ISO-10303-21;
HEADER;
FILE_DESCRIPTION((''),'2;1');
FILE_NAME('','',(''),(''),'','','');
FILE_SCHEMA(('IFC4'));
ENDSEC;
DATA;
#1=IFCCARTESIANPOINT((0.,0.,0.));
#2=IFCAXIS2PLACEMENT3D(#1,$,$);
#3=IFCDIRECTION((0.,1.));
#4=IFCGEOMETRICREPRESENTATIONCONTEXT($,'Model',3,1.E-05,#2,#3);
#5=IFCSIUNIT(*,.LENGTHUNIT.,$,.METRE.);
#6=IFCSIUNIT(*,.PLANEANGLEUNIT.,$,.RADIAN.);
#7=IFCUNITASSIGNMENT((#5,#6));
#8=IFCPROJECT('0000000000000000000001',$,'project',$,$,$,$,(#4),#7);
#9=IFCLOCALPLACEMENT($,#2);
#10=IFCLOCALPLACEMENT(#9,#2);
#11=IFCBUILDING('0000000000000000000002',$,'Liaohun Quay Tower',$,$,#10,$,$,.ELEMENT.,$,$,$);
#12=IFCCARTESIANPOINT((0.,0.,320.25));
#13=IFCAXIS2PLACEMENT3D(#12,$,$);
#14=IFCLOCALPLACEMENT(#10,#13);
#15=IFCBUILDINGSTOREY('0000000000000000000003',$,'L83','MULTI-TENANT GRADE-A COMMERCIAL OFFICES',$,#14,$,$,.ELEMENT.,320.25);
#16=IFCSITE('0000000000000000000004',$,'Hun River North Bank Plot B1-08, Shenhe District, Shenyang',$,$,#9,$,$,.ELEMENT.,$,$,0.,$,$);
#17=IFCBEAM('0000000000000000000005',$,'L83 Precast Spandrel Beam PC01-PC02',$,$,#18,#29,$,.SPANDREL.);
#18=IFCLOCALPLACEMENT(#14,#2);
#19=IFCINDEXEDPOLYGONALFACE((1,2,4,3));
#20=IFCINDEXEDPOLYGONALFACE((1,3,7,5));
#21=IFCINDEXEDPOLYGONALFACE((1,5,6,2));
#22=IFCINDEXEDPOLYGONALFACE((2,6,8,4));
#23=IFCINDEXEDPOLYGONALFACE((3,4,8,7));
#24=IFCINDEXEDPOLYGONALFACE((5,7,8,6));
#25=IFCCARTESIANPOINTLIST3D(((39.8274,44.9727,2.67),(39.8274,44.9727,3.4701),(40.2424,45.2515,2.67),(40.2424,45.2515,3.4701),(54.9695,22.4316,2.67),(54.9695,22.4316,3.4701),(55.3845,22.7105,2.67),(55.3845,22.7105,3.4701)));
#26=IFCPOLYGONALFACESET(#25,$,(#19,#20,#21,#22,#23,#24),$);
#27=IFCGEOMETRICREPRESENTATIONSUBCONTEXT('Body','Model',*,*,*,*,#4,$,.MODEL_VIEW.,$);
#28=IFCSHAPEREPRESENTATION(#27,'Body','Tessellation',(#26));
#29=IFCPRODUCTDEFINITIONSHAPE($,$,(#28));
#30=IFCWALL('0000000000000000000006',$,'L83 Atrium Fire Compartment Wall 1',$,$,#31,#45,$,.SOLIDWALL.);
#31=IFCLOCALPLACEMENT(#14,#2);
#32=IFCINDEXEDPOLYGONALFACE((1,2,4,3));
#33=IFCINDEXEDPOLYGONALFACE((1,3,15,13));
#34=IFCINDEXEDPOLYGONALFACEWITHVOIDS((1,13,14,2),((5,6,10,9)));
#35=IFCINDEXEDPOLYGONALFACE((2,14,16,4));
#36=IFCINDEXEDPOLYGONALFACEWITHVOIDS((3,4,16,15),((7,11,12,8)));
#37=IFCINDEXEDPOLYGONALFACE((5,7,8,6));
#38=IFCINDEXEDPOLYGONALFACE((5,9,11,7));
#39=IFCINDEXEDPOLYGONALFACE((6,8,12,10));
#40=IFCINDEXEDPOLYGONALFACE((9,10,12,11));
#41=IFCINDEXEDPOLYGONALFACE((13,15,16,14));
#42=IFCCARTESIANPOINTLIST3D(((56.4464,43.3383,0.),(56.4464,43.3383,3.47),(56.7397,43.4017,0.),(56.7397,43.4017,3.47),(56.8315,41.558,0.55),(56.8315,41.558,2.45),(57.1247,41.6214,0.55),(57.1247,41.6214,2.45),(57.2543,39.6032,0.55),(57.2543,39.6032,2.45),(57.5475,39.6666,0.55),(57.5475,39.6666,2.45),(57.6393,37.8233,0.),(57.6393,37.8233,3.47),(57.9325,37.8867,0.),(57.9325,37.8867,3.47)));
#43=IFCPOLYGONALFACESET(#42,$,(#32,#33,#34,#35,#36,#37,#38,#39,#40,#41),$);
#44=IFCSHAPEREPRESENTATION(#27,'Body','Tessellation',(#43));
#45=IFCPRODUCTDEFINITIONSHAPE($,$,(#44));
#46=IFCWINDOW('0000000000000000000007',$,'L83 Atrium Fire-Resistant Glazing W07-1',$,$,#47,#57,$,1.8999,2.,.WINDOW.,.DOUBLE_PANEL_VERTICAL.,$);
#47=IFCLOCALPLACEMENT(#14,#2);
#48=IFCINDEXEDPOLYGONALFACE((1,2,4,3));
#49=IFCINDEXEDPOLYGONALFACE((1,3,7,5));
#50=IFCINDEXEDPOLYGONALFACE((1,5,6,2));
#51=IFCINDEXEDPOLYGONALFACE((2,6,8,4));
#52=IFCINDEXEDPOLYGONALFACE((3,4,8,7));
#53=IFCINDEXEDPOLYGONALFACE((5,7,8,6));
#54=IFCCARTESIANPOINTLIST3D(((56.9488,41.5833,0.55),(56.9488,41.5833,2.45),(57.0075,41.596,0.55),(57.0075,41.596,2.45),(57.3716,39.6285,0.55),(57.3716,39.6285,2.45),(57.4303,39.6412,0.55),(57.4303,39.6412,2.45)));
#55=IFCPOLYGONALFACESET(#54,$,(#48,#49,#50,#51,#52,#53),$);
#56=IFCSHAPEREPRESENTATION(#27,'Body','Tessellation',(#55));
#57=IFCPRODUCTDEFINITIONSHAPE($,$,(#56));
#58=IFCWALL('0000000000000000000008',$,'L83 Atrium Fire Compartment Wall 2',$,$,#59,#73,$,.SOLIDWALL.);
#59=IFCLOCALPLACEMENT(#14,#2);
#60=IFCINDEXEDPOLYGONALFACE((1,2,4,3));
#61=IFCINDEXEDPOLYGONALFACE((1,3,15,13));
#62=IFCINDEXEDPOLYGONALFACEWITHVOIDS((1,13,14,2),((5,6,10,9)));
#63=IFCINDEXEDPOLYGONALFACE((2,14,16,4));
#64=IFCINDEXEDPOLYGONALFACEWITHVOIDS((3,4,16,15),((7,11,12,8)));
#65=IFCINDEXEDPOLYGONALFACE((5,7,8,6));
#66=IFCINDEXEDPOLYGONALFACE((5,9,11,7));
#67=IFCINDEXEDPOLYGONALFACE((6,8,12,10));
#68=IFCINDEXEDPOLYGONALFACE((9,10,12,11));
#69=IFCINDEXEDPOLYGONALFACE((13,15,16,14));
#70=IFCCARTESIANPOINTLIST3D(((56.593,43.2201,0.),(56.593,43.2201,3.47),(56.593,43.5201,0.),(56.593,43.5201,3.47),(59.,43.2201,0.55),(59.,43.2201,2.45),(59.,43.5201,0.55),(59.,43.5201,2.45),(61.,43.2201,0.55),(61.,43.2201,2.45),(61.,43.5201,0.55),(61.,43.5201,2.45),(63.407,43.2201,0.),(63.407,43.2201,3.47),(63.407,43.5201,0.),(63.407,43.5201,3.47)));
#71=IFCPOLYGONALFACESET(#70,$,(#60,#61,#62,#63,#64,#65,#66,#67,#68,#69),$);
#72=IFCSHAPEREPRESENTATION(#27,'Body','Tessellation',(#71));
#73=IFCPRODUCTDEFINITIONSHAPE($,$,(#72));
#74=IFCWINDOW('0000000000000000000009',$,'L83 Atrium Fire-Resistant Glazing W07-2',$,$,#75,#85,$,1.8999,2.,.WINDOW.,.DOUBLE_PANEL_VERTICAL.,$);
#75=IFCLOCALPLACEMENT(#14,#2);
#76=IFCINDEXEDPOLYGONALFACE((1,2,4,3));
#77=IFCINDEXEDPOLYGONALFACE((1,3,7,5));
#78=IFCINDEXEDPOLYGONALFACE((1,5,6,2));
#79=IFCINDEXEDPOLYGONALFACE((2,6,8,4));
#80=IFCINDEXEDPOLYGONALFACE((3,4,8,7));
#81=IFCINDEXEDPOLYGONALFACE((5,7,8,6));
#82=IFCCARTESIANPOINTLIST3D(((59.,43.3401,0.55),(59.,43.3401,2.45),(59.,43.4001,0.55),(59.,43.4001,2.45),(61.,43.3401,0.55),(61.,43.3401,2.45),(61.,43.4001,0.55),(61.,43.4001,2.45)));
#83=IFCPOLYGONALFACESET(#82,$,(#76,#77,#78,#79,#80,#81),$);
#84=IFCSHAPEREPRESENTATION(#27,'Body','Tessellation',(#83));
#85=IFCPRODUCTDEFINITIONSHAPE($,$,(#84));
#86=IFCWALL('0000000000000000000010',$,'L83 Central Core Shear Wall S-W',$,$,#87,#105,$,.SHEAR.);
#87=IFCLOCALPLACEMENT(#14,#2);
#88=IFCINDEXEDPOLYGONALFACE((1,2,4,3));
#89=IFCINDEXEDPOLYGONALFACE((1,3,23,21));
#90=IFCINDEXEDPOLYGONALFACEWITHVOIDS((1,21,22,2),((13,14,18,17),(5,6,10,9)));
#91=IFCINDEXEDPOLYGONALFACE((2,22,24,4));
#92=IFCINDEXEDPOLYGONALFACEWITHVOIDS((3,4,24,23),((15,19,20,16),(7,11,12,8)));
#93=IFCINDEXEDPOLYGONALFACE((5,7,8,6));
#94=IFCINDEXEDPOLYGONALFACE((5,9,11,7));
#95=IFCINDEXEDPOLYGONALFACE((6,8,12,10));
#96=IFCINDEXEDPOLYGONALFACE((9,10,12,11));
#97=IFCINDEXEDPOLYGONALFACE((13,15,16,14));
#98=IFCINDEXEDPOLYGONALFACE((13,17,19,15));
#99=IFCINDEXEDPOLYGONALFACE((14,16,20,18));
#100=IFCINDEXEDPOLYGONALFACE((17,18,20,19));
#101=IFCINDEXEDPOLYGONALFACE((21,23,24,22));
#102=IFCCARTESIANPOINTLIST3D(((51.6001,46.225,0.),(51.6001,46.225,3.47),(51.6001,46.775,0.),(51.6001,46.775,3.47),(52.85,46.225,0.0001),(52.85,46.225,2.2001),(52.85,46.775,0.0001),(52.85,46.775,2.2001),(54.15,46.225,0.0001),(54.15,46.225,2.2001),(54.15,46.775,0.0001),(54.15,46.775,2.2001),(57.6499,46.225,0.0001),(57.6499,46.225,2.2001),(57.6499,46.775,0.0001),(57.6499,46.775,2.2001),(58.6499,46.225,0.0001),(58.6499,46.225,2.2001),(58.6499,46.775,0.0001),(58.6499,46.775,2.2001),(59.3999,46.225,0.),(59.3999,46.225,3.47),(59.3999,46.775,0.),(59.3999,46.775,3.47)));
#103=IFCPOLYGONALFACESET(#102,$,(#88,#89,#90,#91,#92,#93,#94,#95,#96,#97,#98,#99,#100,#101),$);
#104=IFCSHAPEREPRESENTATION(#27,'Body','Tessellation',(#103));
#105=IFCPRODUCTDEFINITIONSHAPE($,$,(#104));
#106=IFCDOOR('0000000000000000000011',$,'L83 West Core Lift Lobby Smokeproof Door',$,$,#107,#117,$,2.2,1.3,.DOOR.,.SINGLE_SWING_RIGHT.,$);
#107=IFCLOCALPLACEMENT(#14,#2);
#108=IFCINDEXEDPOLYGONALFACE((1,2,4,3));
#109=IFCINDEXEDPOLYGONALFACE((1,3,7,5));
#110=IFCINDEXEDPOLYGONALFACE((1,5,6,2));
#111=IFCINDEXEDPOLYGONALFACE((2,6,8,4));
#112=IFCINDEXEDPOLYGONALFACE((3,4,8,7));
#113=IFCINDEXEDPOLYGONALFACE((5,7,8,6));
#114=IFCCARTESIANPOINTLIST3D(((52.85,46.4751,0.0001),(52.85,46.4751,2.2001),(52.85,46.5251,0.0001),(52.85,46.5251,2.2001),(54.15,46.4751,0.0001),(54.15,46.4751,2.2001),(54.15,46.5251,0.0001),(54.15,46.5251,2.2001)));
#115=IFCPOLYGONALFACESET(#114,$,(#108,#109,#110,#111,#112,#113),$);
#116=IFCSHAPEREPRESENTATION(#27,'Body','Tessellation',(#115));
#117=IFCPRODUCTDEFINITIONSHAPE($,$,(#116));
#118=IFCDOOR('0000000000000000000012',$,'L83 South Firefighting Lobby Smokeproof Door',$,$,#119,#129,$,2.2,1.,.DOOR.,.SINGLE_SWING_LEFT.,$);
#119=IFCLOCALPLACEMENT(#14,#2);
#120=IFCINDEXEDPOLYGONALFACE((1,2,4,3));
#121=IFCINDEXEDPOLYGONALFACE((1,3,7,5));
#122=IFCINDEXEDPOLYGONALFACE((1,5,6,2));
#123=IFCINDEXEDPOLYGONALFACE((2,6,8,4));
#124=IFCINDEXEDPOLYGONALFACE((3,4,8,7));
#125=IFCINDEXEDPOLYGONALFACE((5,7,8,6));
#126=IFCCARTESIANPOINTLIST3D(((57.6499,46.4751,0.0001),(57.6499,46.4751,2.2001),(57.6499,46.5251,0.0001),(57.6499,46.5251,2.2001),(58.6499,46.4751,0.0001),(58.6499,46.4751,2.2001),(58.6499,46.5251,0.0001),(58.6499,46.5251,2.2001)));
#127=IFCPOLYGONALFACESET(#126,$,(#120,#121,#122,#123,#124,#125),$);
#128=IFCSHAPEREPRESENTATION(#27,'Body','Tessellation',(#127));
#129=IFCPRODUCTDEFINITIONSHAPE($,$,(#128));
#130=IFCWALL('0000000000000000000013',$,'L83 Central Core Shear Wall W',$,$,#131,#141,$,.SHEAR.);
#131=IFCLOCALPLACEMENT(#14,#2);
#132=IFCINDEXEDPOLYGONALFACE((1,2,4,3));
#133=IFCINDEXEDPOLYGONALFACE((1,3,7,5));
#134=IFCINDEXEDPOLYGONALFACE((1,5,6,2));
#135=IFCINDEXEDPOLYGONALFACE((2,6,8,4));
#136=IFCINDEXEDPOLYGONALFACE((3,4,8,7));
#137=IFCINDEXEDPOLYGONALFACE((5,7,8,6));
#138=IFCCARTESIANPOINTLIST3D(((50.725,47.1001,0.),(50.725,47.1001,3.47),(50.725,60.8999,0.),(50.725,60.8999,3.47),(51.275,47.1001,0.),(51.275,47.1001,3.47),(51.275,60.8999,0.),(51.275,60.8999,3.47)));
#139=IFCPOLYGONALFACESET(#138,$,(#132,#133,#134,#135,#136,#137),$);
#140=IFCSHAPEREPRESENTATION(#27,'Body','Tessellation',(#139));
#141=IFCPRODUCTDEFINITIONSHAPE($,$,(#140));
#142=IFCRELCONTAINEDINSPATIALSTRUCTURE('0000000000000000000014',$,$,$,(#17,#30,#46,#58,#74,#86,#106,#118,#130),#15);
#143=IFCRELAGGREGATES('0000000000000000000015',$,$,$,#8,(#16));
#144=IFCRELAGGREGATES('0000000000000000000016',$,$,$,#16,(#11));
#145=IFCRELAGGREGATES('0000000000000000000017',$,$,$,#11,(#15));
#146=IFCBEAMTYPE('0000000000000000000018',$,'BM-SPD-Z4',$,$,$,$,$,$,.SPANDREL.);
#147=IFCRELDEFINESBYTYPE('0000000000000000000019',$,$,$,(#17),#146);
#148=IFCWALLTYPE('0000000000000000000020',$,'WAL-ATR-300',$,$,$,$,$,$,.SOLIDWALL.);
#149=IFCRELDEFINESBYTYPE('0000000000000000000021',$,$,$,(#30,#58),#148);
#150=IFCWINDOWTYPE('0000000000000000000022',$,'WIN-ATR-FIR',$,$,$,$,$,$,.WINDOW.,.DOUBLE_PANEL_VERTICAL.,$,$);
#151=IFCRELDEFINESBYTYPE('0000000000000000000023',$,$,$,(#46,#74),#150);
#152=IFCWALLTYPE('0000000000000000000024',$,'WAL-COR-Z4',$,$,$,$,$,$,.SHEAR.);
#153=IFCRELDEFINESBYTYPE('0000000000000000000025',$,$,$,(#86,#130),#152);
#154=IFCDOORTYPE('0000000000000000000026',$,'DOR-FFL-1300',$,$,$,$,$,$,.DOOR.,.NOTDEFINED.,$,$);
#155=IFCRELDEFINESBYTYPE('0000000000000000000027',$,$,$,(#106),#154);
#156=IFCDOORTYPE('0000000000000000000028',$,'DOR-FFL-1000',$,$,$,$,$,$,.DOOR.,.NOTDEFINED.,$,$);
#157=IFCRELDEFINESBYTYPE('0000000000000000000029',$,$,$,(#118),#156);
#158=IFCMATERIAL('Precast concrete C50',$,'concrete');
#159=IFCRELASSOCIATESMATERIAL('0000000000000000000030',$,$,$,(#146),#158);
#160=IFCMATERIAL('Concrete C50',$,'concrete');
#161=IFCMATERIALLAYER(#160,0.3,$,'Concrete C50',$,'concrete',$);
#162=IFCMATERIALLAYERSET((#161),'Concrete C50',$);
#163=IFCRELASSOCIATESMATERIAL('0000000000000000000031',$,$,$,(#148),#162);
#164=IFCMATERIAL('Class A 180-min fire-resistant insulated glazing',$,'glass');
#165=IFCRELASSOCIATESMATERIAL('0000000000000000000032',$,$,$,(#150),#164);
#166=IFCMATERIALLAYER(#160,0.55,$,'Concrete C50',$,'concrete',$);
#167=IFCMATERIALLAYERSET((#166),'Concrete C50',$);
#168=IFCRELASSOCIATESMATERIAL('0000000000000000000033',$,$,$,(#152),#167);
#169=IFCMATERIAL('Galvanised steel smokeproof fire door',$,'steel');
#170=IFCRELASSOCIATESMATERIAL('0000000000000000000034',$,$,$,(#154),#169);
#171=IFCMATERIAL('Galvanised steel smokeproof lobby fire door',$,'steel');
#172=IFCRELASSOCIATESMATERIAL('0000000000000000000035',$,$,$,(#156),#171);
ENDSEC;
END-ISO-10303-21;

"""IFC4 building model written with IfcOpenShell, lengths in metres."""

from ifc_helpers import new_model, si_unit, direction, frame, frame_2d, origin, origin_2d, place, context, subcontext, project, spatial, rectangle, extrude, source, transform, mapped, material, layer, layer_set, material_profile, profile_set, type_object, element, fill, save


model = new_model("IFC4")

# Units and contexts
model_context = context("Model", 3, precision=1e-05, world=origin(), true_north=direction((0.0, 1.0)))
body_context = subcontext(model_context, "Body", "Model", "MODEL_VIEW")
ifc_project = project(units=[si_unit("LENGTHUNIT", "METRE"), si_unit("PLANEANGLEUNIT", "RADIAN")], contexts=[model_context])

# Site, building, storey
site_placement = place(None, origin())
site = spatial("IfcSite", under=ifc_project, at=site_placement, Name="Hun River North Bank Plot B1-08, Shenhe District, Shenyang", CompositionType="ELEMENT", RefElevation=0.0)
building_placement = place(site_placement, origin())
building = spatial("IfcBuilding", under=site, at=building_placement, Name="Liaohun Quay Tower", CompositionType="ELEMENT")
storey_placement = place(building_placement, frame((0.0, 0.0, 320.25)))
storey = spatial("IfcBuildingStorey", under=building, at=storey_placement, Name="L83", Description="MULTI-TENANT GRADE-A COMMERCIAL OFFICES", CompositionType="ELEMENT", Elevation=320.25)

# Shared definitions
ifc_material_1 = material(Name="Concrete C50", Category="concrete")

# Beam
ifc_material_2 = material(Name="Precast concrete C50", Category="concrete")
ifc_material_profile_1 = material_profile(ifc_material_2, rectangle(XDim=0.5, YDim=0.8, at=origin_2d()), Name="RC500x800")
ifc_profile_set_1 = profile_set([ifc_material_profile_1], Name="Precast concrete C50")
beam_type_1 = type_object("IfcBeamType", Name="BM-SPD-Z4", PredefinedType="SPANDREL", material=ifc_profile_set_1)
shared_shape_1 = source(origin(), body_context, "Body", "SweptSolid", [
    extrude(rectangle(XDim=0.5, YDim=0.8, at=origin_2d()), origin(), (0.0, 0.0, 1.0), 27.1548),
])
beam_1_placement = place(storey_placement, frame((55.177, 22.571, 3.0701), z_axis=(-0.557622, 0.830095, 0.0), x_axis=(-0.830095, -0.557622, 0.0)))
element("IfcBeam", 1, at=beam_1_placement, inside=storey, type_object=beam_type_1, Name="L83 Precast Spandrel Beam PC01-PC02", PredefinedType="SPANDREL", context=body_context, shape_type="MappedRepresentation", body=[
    mapped(shared_shape_1, transform((0.0, 0.0, 0.0), x_axis=(1.0, 0.0, 0.0), y_axis=(0.0, 1.0, 0.0), z_axis=(0.0, 0.0, 1.0), scale=1.0)),
])

# Walls, openings, windows
ifc_layer_1 = layer(ifc_material_1, 0.3, Name="Concrete C50", Category="concrete")
ifc_layer_set_1 = layer_set([ifc_layer_1], Name="Concrete C50")
wall_type_1 = type_object("IfcWallType", Name="WAL-ATR-300", PredefinedType="SOLIDWALL", material=ifc_layer_set_1)
wall_1_placement = place(storey_placement, frame((57.7859, 37.855, 0.0), z_axis=(0.0, 0.0, 1.0), x_axis=(-0.211402, 0.977399, 0.0)))
wall_1 = element("IfcWall", 2, at=wall_1_placement, inside=storey, type_object=wall_type_1, Name="L83 Atrium Fire Compartment Wall 1", PredefinedType="SOLIDWALL", context=body_context, shape_type="SweptSolid", body=[
    extrude(rectangle(XDim=5.6426, YDim=0.3, at=frame_2d((2.8213, 0.0))), origin(), (0.0, 0.0, 1.0), 3.47),
])
shared_shape_2 = source(origin(), body_context, "Body", "SweptSolid", [
    extrude(rectangle(XDim=2.0, YDim=1.8999, at=frame_2d((1.0, 0.95))), frame((0.0, 0.1599, 0.0), z_axis=(0.0, -1.0, 0.0), x_axis=(1.0, 0.0, 0.0)), (0.0, 0.0, 1.0), 0.3201),
])
opening_1_placement = place(wall_1_placement, frame((1.821, 0.0, 0.55)))
opening_1 = element("IfcOpeningElement", 3, at=opening_1_placement, cuts=wall_1, PredefinedType="OPENING", context=body_context, shape_type="MappedRepresentation", body=[
    mapped(shared_shape_2, transform((0.0, 0.0, 0.0), x_axis=(1.0, 0.0, 0.0), y_axis=(0.0, 1.0, 0.0), z_axis=(0.0, 0.0, 1.0), scale=1.0)),
])
ifc_material_3 = material(Name="Class A 180-min fire-resistant insulated glazing", Category="glass")
window_type_1 = type_object("IfcWindowType", Name="WIN-ATR-FIR", PartitioningType="DOUBLE_PANEL_VERTICAL", PredefinedType="WINDOW", material=ifc_material_3)
shared_shape_3 = source(origin(), body_context, "Body", "SweptSolid", [
    extrude(rectangle(XDim=2.0, YDim=1.8999, at=frame_2d((1.0, 0.95))), frame((0.0, 0.03, 0.0), z_axis=(0.0, -1.0, 0.0), x_axis=(1.0, 0.0, 0.0)), (0.0, 0.0, 1.0), 0.0601),
])
window_1_placement = place(opening_1_placement, origin())
window_1 = element("IfcWindow", 4, at=window_1_placement, inside=storey, type_object=window_type_1, Name="L83 Atrium Fire-Resistant Glazing W07-1", OverallHeight=1.8999, OverallWidth=2.0, PartitioningType="DOUBLE_PANEL_VERTICAL", PredefinedType="WINDOW", context=body_context, shape_type="MappedRepresentation", body=[
    mapped(shared_shape_3, transform((0.0, 0.0, 0.0), x_axis=(1.0, 0.0, 0.0), y_axis=(0.0, 1.0, 0.0), z_axis=(0.0, 0.0, 1.0), scale=1.0)),
])
fill(opening_1, window_1)
wall_2_placement = place(storey_placement, frame((56.593, 43.3701, 0.0), z_axis=(0.0, 0.0, 1.0), x_axis=(1.0, 0.0, 0.0)))
wall_2 = element("IfcWall", 5, at=wall_2_placement, inside=storey, type_object=wall_type_1, Name="L83 Atrium Fire Compartment Wall 2", PredefinedType="SOLIDWALL", context=body_context, shape_type="SweptSolid", body=[
    extrude(rectangle(XDim=6.814, YDim=0.3, at=frame_2d((3.407, 0.0))), origin(), (0.0, 0.0, 1.0), 3.47),
])
opening_2_placement = place(wall_2_placement, frame((2.407, 0.0, 0.55)))
opening_2 = element("IfcOpeningElement", 6, at=opening_2_placement, cuts=wall_2, PredefinedType="OPENING", context=body_context, shape_type="MappedRepresentation", body=[
    mapped(shared_shape_2, transform((0.0, 0.0, 0.0), x_axis=(1.0, 0.0, 0.0), y_axis=(0.0, 1.0, 0.0), z_axis=(0.0, 0.0, 1.0), scale=1.0)),
])
window_2_placement = place(opening_2_placement, origin())
window_2 = element("IfcWindow", 7, at=window_2_placement, inside=storey, type_object=window_type_1, Name="L83 Atrium Fire-Resistant Glazing W07-2", OverallHeight=1.8999, OverallWidth=2.0, PartitioningType="DOUBLE_PANEL_VERTICAL", PredefinedType="WINDOW", context=body_context, shape_type="MappedRepresentation", body=[
    mapped(shared_shape_3, transform((0.0, 0.0, 0.0), x_axis=(1.0, 0.0, 0.0), y_axis=(0.0, 1.0, 0.0), z_axis=(0.0, 0.0, 1.0), scale=1.0)),
])
fill(opening_2, window_2)

# Wall, openings, doors
ifc_layer_2 = layer(ifc_material_1, 0.55, Name="Concrete C50", Category="concrete")
ifc_layer_set_2 = layer_set([ifc_layer_2], Name="Concrete C50")
wall_type_2 = type_object("IfcWallType", Name="WAL-COR-Z4", PredefinedType="SHEAR", material=ifc_layer_set_2)
wall_3_placement = place(storey_placement, frame((59.3999, 46.5, 0.0), z_axis=(0.0, 0.0, 1.0), x_axis=(-1.0, 0.0, 0.0)))
wall_3 = element("IfcWall", 8, at=wall_3_placement, inside=storey, type_object=wall_type_2, Name="L83 Central Core Shear Wall S-W", PredefinedType="SHEAR", context=body_context, shape_type="SweptSolid", body=[
    extrude(rectangle(XDim=7.7998, YDim=0.55, at=frame_2d((3.8999, 0.0))), origin(), (0.0, 0.0, 1.0), 3.47),
])
shared_shape_4 = source(origin(), body_context, "Body", "SweptSolid", [
    extrude(rectangle(XDim=1.3, YDim=2.2, at=frame_2d((0.6499, 1.1001))), frame((0.0, 0.2849, 0.0), z_axis=(0.0, -1.0, 0.0), x_axis=(1.0, 0.0, 0.0)), (0.0, 0.0, 1.0), 0.5701),
])
opening_3_placement = place(wall_3_placement, frame((5.25, 0.0, 0.0)))
opening_3 = element("IfcOpeningElement", 9, at=opening_3_placement, cuts=wall_3, PredefinedType="OPENING", context=body_context, shape_type="MappedRepresentation", body=[
    mapped(shared_shape_4, transform((0.0, 0.0, 0.0), x_axis=(1.0, 0.0, 0.0), y_axis=(0.0, 1.0, 0.0), z_axis=(0.0, 0.0, 1.0), scale=1.0)),
])
shared_shape_5 = source(origin(), body_context, "Body", "SweptSolid", [
    extrude(rectangle(XDim=1.0, YDim=2.2, at=frame_2d((0.5, 1.1001))), frame((0.0, 0.2849, 0.0), z_axis=(0.0, -1.0, 0.0), x_axis=(1.0, 0.0, 0.0)), (0.0, 0.0, 1.0), 0.5701),
])
opening_4_placement = place(wall_3_placement, frame((0.75, 0.0, 0.0)))
opening_4 = element("IfcOpeningElement", 10, at=opening_4_placement, cuts=wall_3, PredefinedType="OPENING", context=body_context, shape_type="MappedRepresentation", body=[
    mapped(shared_shape_5, transform((0.0, 0.0, 0.0), x_axis=(1.0, 0.0, 0.0), y_axis=(0.0, 1.0, 0.0), z_axis=(0.0, 0.0, 1.0), scale=1.0)),
])
ifc_material_4 = material(Name="Galvanised steel smokeproof fire door", Category="steel")
door_type_1 = type_object("IfcDoorType", Name="DOR-FFL-1300", OperationType="NOTDEFINED", PredefinedType="DOOR", material=ifc_material_4)
shared_shape_6 = source(origin(), body_context, "Body", "SweptSolid", [
    extrude(rectangle(XDim=1.3, YDim=2.2, at=frame_2d((0.6499, 1.1001))), frame((0.0, 0.0249, 0.0), z_axis=(0.0, -1.0, 0.0), x_axis=(1.0, 0.0, 0.0)), (0.0, 0.0, 1.0), 0.05),
])
door_1_placement = place(opening_3_placement, origin())
door_1 = element("IfcDoor", 11, at=door_1_placement, inside=storey, type_object=door_type_1, Name="L83 West Core Lift Lobby Smokeproof Door", OperationType="SINGLE_SWING_RIGHT", OverallHeight=2.2, OverallWidth=1.3, PredefinedType="DOOR", context=body_context, shape_type="MappedRepresentation", body=[
    mapped(shared_shape_6, transform((0.0, 0.0, 0.0), x_axis=(1.0, 0.0, 0.0), y_axis=(0.0, 1.0, 0.0), z_axis=(0.0, 0.0, 1.0), scale=1.0)),
])
fill(opening_3, door_1)
ifc_material_5 = material(Name="Galvanised steel smokeproof lobby fire door", Category="steel")
door_type_2 = type_object("IfcDoorType", Name="DOR-FFL-1000", OperationType="NOTDEFINED", PredefinedType="DOOR", material=ifc_material_5)
shared_shape_7 = source(origin(), body_context, "Body", "SweptSolid", [
    extrude(rectangle(XDim=1.0, YDim=2.2, at=frame_2d((0.5, 1.1001))), frame((0.0, 0.0249, 0.0), z_axis=(0.0, -1.0, 0.0), x_axis=(1.0, 0.0, 0.0)), (0.0, 0.0, 1.0), 0.05),
])
door_2_placement = place(opening_4_placement, origin())
door_2 = element("IfcDoor", 12, at=door_2_placement, inside=storey, type_object=door_type_2, Name="L83 South Firefighting Lobby Smokeproof Door", OperationType="SINGLE_SWING_LEFT", OverallHeight=2.2, OverallWidth=1.0, PredefinedType="DOOR", context=body_context, shape_type="MappedRepresentation", body=[
    mapped(shared_shape_7, transform((0.0, 0.0, 0.0), x_axis=(1.0, 0.0, 0.0), y_axis=(0.0, 1.0, 0.0), z_axis=(0.0, 0.0, 1.0), scale=1.0)),
])
fill(opening_4, door_2)

# Wall
wall_4_placement = place(storey_placement, frame((51.0, 47.1001, 0.0), z_axis=(0.0, 0.0, 1.0), x_axis=(0.0, 1.0, 0.0)))
element("IfcWall", 13, at=wall_4_placement, inside=storey, type_object=wall_type_2, Name="L83 Central Core Shear Wall W", PredefinedType="SHEAR", context=body_context, shape_type="SweptSolid", body=[
    extrude(rectangle(XDim=13.7998, YDim=0.55, at=frame_2d((6.8999, 0.0))), origin(), (0.0, 0.0, 1.0), 3.47),
])

save(model, "model.ifc")
